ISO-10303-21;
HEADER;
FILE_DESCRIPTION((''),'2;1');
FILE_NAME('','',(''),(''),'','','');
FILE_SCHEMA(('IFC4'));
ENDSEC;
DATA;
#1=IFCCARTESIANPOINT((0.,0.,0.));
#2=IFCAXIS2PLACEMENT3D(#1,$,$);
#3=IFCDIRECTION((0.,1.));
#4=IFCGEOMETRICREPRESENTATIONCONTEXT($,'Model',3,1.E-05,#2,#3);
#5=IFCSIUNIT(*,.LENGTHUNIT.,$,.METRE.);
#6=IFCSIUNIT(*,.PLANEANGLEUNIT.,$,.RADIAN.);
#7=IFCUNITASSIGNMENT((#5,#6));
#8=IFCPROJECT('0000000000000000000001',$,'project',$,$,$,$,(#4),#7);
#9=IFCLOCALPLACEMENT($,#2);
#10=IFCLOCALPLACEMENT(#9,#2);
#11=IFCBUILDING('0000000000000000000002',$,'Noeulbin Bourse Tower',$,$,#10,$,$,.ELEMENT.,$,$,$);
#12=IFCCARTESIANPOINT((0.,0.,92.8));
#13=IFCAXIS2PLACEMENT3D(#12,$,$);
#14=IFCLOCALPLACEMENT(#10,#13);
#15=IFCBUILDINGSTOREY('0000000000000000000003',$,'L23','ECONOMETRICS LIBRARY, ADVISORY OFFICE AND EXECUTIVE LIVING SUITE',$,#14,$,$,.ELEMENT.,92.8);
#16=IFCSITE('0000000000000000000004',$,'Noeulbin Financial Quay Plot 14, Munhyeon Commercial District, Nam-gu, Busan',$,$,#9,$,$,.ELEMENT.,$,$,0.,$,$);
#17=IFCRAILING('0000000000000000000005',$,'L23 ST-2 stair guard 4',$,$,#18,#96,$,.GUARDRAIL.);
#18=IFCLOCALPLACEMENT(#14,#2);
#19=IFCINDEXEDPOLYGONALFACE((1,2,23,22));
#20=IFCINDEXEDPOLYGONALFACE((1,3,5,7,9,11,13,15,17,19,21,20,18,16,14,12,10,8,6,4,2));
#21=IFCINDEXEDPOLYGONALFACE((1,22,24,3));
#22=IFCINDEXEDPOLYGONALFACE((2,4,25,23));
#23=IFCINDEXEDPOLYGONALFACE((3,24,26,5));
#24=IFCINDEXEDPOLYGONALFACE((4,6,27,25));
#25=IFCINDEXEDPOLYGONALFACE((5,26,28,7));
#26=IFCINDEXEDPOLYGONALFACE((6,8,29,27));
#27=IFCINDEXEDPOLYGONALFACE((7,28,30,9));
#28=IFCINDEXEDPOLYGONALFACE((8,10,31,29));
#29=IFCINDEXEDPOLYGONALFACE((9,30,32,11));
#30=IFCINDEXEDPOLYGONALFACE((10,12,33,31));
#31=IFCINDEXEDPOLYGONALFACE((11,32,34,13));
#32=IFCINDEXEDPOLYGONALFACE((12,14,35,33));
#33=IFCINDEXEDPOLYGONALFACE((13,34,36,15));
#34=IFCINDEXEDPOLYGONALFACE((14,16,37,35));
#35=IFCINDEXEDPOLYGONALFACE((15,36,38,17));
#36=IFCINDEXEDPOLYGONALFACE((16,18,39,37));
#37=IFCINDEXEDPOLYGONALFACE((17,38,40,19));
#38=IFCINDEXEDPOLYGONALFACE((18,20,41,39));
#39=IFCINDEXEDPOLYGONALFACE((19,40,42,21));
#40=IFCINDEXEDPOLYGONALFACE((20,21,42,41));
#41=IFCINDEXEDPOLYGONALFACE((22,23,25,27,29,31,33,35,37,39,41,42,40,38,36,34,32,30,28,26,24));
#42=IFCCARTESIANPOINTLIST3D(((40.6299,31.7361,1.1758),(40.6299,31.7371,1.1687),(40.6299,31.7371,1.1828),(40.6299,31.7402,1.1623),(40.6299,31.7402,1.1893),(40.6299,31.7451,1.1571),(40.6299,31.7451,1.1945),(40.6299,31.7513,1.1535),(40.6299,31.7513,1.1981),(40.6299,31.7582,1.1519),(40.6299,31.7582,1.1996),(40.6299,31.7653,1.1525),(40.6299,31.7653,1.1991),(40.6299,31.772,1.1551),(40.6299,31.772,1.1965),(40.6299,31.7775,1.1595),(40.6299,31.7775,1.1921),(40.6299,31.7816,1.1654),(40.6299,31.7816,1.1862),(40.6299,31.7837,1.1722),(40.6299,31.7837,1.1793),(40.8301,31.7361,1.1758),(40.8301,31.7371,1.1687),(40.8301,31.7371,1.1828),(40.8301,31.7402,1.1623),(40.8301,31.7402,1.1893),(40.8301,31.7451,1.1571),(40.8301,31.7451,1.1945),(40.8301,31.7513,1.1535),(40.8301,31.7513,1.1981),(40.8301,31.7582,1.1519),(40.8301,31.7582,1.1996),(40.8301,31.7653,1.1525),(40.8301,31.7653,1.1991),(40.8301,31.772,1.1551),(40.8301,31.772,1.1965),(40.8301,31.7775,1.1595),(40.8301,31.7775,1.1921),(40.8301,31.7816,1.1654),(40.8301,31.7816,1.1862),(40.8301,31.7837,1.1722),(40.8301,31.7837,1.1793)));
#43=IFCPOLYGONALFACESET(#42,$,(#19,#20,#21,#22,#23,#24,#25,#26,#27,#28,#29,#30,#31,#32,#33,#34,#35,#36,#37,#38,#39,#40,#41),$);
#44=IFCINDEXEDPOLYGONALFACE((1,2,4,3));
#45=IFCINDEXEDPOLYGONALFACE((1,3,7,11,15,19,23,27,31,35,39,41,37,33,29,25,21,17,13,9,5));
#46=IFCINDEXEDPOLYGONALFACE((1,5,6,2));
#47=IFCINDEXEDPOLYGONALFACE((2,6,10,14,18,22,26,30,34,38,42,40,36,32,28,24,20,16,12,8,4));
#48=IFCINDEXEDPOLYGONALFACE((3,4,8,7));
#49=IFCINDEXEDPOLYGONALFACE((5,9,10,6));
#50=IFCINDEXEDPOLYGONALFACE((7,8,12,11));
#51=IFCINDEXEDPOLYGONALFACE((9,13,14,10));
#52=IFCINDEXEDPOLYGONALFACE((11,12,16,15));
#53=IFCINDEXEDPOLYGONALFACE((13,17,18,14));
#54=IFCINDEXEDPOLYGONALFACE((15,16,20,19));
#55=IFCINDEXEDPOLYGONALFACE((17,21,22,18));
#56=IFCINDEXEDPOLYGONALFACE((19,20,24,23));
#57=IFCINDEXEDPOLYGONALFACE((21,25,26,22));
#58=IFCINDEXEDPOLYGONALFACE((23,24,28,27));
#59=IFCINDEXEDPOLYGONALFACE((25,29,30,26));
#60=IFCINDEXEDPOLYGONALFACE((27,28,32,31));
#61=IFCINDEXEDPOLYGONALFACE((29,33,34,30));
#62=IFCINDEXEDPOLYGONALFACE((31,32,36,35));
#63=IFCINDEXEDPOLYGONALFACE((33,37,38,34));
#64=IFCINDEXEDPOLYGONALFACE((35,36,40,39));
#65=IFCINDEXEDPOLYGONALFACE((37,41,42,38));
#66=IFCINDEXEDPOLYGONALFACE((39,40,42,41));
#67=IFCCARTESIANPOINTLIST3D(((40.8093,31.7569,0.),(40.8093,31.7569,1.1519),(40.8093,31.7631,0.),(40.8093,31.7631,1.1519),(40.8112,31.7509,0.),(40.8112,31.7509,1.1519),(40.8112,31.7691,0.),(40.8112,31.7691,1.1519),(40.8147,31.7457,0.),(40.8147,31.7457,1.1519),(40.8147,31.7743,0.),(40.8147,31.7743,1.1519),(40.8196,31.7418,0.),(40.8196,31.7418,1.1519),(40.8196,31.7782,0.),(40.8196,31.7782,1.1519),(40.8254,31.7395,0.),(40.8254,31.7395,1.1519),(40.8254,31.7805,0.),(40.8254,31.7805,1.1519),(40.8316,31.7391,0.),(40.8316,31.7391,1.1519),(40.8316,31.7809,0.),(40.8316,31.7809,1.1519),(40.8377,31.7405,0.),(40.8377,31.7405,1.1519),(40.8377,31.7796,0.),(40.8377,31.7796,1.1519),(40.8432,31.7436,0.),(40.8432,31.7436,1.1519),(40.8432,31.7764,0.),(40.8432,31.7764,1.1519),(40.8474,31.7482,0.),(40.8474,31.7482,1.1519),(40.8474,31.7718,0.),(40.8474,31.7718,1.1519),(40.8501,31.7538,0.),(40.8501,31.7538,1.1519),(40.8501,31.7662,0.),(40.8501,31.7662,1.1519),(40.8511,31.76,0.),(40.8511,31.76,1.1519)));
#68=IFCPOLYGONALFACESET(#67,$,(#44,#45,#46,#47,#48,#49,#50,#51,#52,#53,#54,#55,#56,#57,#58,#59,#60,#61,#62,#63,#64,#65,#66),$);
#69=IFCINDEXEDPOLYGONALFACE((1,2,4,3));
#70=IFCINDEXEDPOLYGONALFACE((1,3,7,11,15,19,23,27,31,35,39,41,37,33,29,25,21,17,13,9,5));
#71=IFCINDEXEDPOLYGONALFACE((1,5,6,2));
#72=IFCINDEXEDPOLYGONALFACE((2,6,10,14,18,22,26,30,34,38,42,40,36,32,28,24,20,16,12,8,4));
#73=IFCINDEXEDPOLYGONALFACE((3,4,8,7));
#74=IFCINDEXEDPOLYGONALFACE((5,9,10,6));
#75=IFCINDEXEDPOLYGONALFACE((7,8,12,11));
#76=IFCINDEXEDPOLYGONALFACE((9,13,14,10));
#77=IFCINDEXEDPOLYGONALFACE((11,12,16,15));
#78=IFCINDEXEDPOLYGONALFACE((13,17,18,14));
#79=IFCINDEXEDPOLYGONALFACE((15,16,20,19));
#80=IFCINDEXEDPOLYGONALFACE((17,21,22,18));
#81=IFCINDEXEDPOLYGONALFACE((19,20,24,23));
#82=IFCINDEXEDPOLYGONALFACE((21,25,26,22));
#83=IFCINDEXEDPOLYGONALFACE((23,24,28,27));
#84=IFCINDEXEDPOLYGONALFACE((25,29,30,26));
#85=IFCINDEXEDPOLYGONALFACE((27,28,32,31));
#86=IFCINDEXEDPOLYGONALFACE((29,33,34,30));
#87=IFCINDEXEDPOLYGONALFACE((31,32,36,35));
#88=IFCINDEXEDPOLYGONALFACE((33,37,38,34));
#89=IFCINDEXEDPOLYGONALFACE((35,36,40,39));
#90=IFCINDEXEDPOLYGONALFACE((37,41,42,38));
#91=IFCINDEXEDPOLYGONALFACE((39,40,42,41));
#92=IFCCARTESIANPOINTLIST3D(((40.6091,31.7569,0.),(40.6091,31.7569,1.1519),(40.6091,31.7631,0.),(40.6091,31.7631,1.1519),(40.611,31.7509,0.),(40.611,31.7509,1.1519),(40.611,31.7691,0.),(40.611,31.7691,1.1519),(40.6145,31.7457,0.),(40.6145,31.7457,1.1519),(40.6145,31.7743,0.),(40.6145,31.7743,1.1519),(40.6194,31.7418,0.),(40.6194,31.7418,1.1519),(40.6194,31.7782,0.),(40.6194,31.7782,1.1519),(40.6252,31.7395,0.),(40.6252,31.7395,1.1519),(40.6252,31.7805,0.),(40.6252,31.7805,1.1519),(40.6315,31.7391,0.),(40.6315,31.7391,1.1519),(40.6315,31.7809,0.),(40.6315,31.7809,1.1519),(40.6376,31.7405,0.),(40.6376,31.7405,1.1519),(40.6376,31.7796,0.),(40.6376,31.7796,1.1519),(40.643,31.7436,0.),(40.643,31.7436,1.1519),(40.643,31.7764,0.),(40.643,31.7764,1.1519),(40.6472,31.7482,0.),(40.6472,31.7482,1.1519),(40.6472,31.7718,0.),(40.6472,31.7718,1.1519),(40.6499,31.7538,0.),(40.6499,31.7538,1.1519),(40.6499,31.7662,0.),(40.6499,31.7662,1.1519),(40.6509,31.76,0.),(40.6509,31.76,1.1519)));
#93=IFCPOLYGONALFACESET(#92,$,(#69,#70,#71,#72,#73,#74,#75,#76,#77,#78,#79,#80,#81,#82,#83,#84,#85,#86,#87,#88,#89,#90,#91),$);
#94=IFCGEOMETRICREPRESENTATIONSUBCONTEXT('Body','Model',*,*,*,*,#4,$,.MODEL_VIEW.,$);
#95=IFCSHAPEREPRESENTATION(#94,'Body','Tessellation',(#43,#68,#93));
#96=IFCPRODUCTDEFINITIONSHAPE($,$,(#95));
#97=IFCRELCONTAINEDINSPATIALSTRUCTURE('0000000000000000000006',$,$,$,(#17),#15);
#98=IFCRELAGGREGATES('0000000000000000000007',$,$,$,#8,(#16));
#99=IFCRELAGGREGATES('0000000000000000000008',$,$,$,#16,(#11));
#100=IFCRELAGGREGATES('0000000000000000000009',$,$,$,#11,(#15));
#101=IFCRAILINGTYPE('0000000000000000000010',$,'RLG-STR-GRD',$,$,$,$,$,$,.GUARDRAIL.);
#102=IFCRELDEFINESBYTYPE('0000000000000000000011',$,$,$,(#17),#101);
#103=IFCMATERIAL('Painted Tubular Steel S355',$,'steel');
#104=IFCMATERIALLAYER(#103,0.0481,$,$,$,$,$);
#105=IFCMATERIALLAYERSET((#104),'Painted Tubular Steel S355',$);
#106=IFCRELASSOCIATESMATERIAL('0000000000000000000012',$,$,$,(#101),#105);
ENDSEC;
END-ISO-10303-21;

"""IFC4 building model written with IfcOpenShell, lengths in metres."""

from ifc_helpers import new_model, si_unit, direction, frame, origin, origin_2d, place, context, subcontext, project, spatial, circle, extrude, material, layer, layer_set, type_object, element, save


model = new_model("IFC4")

# Units and contexts
model_context = context("Model", 3, precision=1e-05, world=origin(), true_north=direction((0.0, 1.0)))
body_context = subcontext(model_context, "Body", "Model", "MODEL_VIEW")
ifc_project = project(units=[si_unit("LENGTHUNIT", "METRE"), si_unit("PLANEANGLEUNIT", "RADIAN")], contexts=[model_context])

# Site, building, storey
site_placement = place(None, origin())
site = spatial("IfcSite", under=ifc_project, at=site_placement, Name="Noeulbin Financial Quay Plot 14, Munhyeon Commercial District, Nam-gu, Busan", CompositionType="ELEMENT", RefElevation=0.0)
building_placement = place(site_placement, origin())
building = spatial("IfcBuilding", under=site, at=building_placement, Name="Noeulbin Bourse Tower", CompositionType="ELEMENT")
storey_placement = place(building_placement, frame((0.0, 0.0, 92.8)))
storey = spatial("IfcBuildingStorey", under=building, at=storey_placement, Name="L23", Description="ECONOMETRICS LIBRARY, ADVISORY OFFICE AND EXECUTIVE LIVING SUITE", CompositionType="ELEMENT", Elevation=92.8)

# Railing
ifc_material_1 = material(Name="Painted Tubular Steel S355", Category="steel")
ifc_layer_1 = layer(ifc_material_1, 0.0481)
ifc_layer_set_1 = layer_set([ifc_layer_1], Name="Painted Tubular Steel S355")
railing_type_1 = type_object("IfcRailingType", Name="RLG-STR-GRD", PredefinedType="GUARDRAIL", material=ifc_layer_set_1)
railing_1_placement = place(storey_placement, frame((40.8301, 31.76, 0.0)))
element("IfcRailing", 1, at=railing_1_placement, inside=storey, type_object=railing_type_1, Name="L23 ST-2 stair guard 4", PredefinedType="GUARDRAIL", context=body_context, shape_type="SweptSolid", body=[
    extrude(circle(Radius=0.0239, at=origin_2d()), frame((0.0, 0.0, 1.1758), z_axis=(-1.0, 0.0, 0.0), x_axis=(0.0, -1.0, 0.0)), (0.0, 0.0, 1.0), 0.2002),
    extrude(circle(Radius=0.021, at=origin_2d()), origin(), (0.0, 0.0, 1.0), 1.1519),
    extrude(circle(Radius=0.021, at=origin_2d()), frame((-0.2002, 0.0, 0.0)), (0.0, 0.0, 1.0), 1.1519),
])

save(model, "model.ifc")
